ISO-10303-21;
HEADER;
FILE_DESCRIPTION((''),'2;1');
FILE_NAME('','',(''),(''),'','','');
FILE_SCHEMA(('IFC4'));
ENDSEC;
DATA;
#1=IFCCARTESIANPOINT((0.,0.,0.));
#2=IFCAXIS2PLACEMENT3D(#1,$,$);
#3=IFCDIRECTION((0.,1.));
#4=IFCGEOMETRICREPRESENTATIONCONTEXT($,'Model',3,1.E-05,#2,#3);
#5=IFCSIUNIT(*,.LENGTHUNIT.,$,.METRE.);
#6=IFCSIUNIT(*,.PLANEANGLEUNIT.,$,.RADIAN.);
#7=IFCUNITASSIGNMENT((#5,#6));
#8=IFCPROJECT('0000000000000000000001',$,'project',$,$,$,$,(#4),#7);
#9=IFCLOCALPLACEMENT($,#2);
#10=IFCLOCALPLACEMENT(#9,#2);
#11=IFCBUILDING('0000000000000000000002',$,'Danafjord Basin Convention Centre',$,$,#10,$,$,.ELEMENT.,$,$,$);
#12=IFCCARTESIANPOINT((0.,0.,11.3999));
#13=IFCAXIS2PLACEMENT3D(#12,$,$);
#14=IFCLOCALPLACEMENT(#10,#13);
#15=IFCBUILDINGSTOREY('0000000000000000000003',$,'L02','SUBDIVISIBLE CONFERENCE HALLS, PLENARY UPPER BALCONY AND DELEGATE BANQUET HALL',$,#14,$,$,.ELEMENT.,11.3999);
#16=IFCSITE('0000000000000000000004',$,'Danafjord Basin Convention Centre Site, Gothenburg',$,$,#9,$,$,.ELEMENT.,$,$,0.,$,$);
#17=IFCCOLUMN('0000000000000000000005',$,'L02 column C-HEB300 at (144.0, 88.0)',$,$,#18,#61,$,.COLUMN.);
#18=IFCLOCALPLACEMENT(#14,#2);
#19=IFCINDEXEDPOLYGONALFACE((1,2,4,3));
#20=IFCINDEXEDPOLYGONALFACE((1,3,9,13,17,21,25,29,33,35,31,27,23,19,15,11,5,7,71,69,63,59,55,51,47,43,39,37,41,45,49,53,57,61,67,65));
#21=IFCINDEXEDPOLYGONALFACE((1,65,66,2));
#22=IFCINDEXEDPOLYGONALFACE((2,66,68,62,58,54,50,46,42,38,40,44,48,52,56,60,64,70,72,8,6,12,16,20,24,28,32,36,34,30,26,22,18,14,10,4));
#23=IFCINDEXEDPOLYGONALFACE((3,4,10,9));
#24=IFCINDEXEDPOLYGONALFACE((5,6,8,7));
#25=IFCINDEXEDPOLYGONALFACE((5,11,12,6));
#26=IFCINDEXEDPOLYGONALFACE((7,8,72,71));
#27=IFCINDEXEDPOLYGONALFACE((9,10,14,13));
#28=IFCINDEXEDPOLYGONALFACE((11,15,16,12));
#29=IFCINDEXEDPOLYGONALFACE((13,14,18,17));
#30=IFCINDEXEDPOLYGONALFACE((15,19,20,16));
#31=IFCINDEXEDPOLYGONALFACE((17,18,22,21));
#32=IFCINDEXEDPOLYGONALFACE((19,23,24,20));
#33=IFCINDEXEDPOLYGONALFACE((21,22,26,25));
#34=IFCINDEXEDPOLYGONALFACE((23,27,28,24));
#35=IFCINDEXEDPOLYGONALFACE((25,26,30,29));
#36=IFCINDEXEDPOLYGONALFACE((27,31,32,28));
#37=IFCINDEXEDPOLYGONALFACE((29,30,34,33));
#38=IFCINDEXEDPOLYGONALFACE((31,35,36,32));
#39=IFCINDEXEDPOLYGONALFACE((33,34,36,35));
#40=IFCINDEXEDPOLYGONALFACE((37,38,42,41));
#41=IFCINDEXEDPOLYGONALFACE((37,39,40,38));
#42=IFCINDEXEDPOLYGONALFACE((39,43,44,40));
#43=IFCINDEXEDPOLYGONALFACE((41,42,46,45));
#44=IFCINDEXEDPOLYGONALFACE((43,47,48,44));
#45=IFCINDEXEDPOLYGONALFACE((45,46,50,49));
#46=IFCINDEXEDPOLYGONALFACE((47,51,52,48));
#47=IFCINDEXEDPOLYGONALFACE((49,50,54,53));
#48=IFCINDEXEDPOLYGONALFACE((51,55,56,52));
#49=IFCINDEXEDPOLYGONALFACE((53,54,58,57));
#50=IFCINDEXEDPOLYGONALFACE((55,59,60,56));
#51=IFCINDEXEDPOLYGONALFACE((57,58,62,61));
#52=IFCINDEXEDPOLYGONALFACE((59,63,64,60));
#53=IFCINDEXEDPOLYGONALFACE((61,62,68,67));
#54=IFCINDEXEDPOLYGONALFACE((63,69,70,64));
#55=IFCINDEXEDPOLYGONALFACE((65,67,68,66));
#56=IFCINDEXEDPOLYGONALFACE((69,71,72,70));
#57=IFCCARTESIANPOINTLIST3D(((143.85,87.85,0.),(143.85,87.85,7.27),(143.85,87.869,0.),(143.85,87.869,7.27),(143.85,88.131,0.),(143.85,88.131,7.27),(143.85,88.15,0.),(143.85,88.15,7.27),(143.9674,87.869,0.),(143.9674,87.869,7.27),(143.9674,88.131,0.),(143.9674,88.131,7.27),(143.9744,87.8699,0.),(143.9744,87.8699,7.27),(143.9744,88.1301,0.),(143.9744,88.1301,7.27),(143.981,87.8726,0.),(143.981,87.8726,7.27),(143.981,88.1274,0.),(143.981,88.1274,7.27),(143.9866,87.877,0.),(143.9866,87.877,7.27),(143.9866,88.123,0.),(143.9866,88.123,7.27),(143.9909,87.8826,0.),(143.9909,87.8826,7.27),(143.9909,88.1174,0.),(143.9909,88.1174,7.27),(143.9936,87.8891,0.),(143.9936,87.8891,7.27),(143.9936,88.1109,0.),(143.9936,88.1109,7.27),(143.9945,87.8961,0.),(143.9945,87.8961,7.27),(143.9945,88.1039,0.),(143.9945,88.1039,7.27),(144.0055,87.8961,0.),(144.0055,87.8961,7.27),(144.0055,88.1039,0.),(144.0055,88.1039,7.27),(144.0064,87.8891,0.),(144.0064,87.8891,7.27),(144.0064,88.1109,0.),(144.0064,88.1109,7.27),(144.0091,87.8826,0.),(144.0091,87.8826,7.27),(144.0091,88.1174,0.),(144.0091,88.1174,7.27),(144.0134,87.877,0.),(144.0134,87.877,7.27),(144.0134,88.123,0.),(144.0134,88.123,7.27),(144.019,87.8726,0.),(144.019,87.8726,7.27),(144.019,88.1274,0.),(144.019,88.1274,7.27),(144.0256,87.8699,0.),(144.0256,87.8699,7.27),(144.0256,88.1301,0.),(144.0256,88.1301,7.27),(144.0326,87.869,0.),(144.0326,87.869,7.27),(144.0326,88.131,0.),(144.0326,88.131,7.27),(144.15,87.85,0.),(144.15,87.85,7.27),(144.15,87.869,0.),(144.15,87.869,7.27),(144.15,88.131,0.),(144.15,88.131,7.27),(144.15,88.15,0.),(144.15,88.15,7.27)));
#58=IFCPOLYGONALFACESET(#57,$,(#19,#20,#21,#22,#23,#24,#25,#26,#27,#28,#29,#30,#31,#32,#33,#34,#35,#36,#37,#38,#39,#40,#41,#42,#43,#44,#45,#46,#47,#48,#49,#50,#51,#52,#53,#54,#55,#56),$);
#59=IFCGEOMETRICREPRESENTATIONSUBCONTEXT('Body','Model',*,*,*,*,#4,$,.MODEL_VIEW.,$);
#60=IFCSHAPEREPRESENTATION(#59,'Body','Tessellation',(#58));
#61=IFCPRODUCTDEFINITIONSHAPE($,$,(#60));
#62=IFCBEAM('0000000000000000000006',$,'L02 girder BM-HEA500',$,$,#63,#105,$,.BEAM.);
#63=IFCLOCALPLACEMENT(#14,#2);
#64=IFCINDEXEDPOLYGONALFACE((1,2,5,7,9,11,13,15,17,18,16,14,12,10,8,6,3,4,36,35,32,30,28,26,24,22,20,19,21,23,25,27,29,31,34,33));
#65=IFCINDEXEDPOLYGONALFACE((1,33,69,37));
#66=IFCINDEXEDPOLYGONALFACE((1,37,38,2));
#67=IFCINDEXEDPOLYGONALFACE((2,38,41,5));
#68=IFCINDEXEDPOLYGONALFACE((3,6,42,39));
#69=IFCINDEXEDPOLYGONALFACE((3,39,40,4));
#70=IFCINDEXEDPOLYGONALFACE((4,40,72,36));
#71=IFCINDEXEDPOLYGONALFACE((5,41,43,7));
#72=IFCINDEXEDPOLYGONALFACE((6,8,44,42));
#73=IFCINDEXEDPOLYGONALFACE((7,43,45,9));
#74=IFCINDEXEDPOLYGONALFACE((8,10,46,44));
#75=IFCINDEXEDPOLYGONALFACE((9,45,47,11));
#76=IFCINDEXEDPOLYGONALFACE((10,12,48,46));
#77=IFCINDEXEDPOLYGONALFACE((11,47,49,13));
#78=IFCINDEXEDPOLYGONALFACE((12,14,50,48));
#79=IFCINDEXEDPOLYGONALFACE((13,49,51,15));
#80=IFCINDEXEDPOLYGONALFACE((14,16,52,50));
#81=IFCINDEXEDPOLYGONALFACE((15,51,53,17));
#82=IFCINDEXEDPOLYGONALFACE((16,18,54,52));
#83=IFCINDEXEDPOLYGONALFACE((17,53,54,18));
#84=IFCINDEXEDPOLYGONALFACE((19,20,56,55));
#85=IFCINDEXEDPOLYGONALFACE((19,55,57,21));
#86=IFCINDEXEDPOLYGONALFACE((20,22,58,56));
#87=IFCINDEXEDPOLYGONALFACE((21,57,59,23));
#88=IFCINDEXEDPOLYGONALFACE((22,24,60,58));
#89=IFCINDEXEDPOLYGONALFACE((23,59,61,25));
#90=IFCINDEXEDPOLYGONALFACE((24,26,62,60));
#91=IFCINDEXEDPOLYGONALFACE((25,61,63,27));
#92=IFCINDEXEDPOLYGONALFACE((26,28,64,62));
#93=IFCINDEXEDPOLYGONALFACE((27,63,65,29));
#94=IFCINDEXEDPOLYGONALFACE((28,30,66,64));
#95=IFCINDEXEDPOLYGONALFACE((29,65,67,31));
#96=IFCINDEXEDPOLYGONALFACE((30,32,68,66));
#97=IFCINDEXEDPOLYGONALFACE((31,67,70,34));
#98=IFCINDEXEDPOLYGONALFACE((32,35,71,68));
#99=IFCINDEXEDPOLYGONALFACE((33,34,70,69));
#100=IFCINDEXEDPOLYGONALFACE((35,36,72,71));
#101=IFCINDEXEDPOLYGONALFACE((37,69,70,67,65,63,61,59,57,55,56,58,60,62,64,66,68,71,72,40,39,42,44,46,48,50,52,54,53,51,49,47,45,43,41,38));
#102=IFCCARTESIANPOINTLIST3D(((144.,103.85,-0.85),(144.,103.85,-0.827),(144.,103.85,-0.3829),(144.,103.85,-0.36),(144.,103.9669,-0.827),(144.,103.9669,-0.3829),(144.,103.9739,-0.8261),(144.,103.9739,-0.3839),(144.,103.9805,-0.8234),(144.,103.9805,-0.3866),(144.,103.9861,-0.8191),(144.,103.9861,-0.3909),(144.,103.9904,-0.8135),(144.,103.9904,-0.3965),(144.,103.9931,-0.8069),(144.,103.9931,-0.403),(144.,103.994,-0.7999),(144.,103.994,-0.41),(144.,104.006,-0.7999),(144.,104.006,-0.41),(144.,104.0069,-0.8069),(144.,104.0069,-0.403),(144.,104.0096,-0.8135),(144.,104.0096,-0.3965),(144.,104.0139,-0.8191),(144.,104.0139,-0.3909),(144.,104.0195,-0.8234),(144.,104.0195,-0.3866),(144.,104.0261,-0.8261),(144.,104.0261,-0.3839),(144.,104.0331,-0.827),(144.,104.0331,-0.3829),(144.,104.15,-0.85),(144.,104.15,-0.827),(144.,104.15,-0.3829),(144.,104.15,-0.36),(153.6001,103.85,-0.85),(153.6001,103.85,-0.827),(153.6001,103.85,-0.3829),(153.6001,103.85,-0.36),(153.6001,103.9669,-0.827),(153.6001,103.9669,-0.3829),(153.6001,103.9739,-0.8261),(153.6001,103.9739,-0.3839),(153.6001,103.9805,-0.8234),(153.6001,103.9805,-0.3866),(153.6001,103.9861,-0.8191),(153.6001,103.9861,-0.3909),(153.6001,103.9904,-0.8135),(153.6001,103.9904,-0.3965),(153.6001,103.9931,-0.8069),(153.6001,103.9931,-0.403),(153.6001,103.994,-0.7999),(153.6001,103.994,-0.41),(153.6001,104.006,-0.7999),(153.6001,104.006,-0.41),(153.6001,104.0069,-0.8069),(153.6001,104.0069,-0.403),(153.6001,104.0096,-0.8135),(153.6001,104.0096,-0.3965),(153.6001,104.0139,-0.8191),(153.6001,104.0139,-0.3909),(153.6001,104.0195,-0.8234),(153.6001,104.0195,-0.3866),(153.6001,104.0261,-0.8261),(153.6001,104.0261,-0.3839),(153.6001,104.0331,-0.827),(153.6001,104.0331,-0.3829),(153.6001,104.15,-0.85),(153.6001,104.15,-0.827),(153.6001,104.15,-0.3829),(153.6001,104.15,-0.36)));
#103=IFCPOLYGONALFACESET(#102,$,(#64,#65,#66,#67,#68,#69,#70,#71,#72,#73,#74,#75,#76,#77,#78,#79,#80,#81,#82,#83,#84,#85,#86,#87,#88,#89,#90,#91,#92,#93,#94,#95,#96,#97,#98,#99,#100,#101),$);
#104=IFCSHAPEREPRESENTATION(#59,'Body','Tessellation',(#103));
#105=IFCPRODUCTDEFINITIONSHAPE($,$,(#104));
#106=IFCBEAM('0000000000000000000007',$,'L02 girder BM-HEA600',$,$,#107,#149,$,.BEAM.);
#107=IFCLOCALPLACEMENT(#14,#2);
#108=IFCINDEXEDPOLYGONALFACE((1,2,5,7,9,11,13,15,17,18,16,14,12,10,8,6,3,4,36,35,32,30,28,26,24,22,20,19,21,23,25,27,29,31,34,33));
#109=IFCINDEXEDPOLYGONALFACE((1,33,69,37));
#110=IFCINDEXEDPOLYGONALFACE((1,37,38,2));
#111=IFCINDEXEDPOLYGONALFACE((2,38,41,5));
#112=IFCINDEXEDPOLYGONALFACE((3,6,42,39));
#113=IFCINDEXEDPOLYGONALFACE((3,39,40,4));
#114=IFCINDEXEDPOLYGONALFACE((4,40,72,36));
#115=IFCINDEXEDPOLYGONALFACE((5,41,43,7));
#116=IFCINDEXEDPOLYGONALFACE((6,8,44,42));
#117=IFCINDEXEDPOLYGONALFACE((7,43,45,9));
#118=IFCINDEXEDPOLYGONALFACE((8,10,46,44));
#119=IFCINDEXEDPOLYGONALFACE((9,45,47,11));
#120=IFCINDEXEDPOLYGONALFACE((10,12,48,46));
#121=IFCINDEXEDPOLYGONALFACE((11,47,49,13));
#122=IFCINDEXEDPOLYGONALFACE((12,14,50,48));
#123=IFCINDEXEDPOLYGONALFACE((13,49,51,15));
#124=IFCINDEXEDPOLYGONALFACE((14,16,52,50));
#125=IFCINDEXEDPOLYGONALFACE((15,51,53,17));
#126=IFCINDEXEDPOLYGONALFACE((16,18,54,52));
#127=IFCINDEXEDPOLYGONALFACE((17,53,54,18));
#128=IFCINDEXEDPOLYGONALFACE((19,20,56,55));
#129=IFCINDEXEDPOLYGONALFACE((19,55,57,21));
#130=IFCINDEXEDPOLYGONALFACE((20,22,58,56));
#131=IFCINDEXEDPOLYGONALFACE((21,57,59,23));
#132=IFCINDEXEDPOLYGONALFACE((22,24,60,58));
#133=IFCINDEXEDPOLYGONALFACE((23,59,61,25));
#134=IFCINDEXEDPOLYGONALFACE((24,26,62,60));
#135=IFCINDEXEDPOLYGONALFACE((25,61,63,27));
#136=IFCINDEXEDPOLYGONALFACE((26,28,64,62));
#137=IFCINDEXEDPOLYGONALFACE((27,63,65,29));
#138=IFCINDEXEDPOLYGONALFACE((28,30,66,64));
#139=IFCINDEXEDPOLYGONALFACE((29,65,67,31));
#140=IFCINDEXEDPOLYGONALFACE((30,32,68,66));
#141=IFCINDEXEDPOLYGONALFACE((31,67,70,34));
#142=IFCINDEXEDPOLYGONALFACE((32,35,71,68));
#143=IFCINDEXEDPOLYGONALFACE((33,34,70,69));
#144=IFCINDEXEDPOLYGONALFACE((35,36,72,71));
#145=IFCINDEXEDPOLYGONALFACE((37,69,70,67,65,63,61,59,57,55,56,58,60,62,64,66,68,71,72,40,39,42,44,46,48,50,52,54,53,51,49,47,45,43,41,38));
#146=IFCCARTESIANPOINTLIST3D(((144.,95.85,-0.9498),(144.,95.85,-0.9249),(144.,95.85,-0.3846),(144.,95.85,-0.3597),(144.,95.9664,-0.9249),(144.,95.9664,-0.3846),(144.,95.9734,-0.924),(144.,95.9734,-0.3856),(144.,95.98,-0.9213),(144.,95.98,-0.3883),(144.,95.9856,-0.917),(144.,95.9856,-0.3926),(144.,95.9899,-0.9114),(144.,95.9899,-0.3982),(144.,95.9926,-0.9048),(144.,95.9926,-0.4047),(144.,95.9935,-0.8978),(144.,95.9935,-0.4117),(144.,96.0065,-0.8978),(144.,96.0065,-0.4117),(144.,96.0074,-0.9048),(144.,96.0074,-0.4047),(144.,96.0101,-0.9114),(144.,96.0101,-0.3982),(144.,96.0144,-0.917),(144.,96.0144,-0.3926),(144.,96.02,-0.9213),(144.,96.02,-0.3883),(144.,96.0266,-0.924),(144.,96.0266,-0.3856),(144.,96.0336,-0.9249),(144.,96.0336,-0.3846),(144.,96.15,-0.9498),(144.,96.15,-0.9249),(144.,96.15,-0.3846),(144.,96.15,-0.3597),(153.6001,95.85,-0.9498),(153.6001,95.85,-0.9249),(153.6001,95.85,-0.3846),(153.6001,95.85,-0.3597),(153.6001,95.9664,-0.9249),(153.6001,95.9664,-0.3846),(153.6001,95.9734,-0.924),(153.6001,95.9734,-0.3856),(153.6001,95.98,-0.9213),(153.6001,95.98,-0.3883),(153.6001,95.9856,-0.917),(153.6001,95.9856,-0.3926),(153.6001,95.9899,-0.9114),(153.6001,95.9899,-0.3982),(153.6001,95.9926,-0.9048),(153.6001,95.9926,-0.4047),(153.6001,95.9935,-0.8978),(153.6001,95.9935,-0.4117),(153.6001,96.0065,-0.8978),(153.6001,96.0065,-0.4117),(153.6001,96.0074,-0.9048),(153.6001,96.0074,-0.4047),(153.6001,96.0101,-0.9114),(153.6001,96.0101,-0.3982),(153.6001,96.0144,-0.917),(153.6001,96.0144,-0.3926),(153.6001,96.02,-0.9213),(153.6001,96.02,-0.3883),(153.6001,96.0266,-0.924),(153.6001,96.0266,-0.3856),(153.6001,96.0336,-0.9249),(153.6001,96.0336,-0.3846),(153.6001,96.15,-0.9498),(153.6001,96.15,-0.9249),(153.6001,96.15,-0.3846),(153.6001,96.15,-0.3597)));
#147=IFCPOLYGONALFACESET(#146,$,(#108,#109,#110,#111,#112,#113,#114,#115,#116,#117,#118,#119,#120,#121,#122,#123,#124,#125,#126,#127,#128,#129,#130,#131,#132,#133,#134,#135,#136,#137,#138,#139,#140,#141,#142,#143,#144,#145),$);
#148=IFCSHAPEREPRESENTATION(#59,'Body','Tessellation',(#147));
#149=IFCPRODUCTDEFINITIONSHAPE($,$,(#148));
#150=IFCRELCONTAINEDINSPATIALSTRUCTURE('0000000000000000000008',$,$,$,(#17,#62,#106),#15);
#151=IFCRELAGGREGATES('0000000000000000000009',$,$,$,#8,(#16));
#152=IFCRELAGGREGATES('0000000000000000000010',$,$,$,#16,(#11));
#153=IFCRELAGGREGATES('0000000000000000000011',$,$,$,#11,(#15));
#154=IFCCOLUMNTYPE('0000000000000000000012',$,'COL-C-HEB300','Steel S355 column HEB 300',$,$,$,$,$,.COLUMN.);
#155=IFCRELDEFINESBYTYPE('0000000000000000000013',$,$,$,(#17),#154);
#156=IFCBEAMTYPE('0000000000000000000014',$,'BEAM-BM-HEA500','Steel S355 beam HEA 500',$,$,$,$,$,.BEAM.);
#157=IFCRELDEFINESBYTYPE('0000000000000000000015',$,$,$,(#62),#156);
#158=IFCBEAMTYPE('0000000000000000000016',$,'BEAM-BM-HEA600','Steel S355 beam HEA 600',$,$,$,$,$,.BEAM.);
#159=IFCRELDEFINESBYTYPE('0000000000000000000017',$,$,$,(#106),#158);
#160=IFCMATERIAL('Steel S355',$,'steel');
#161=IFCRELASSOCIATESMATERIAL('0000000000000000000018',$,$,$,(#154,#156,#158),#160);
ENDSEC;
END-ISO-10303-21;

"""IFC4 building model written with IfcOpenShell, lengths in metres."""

from ifc_helpers import new_model, si_unit, direction, frame, origin, origin_2d, place, context, subcontext, project, spatial, i_section, extrude, material, material_profile, profile_set, type_object, element, save


model = new_model("IFC4")

# Units and contexts
model_context = context("Model", 3, precision=1e-05, world=origin(), true_north=direction((0.0, 1.0)))
body_context = subcontext(model_context, "Body", "Model", "MODEL_VIEW")
ifc_project = project(units=[si_unit("LENGTHUNIT", "METRE"), si_unit("PLANEANGLEUNIT", "RADIAN")], contexts=[model_context])

# Site, building, storey
site_placement = place(None, origin())
site = spatial("IfcSite", under=ifc_project, at=site_placement, Name="Danafjord Basin Convention Centre Site, Gothenburg", CompositionType="ELEMENT", RefElevation=0.0)
building_placement = place(site_placement, origin())
building = spatial("IfcBuilding", under=site, at=building_placement, Name="Danafjord Basin Convention Centre", CompositionType="ELEMENT")
storey_placement = place(building_placement, frame((0.0, 0.0, 11.3999)))
storey = spatial("IfcBuildingStorey", under=building, at=storey_placement, Name="L02", Description="SUBDIVISIBLE CONFERENCE HALLS, PLENARY UPPER BALCONY AND DELEGATE BANQUET HALL", CompositionType="ELEMENT", Elevation=11.3999)

# Column
ifc_material_1 = material(Name="Steel S355", Category="steel")
ifc_material_profile_1 = material_profile(ifc_material_1, i_section(OverallWidth=0.3, OverallDepth=0.3, WebThickness=0.011, FlangeThickness=0.019, FilletRadius=0.0271, at=origin_2d()), Name="HEB 300")
ifc_profile_set_1 = profile_set([ifc_material_profile_1], Name="Steel S355")
column_type = type_object("IfcColumnType", Name="COL-C-HEB300", Description="Steel S355 column HEB 300", PredefinedType="COLUMN", material=ifc_profile_set_1)
column_placement = place(storey_placement, frame((144.0, 88.0, 0.0), z_axis=(0.0, 0.0, 1.0), x_axis=(1.0, 0.0, 0.0)))
element("IfcColumn", 1, at=column_placement, inside=storey, type_object=column_type, Name="L02 column C-HEB300 at (144.0, 88.0)", PredefinedType="COLUMN", context=body_context, shape_type="SweptSolid", body=[
    extrude(i_section(OverallWidth=0.3, OverallDepth=0.3, WebThickness=0.011, FlangeThickness=0.019, FilletRadius=0.0271, at=origin_2d()), origin(), (0.0, 0.0, 1.0), 7.27),
])

# Beams
ifc_material_profile_2 = material_profile(ifc_material_1, i_section(OverallWidth=0.3, OverallDepth=0.49, WebThickness=0.012, FlangeThickness=0.0229, FilletRadius=0.0271, at=origin_2d()), Name="HEA 500")
ifc_profile_set_2 = profile_set([ifc_material_profile_2], Name="Steel S355")
beam_type_1 = type_object("IfcBeamType", Name="BEAM-BM-HEA500", Description="Steel S355 beam HEA 500", PredefinedType="BEAM", material=ifc_profile_set_2)
beam_1_placement = place(storey_placement, frame((144.0, 104.0, -0.605), z_axis=(1.0, 0.0, 0.0), x_axis=(0.0, 1.0, 0.0)))
element("IfcBeam", 2, at=beam_1_placement, inside=storey, type_object=beam_type_1, Name="L02 girder BM-HEA500", PredefinedType="BEAM", context=body_context, shape_type="SweptSolid", body=[
    extrude(i_section(OverallWidth=0.3, OverallDepth=0.49, WebThickness=0.012, FlangeThickness=0.0229, FilletRadius=0.0271, at=origin_2d()), origin(), (0.0, 0.0, 1.0), 9.6001),
])
ifc_material_profile_3 = material_profile(ifc_material_1, i_section(OverallWidth=0.3, OverallDepth=0.5901, WebThickness=0.0129, FlangeThickness=0.0249, FilletRadius=0.0271, at=origin_2d()), Name="HEA 600")
ifc_profile_set_3 = profile_set([ifc_material_profile_3], Name="Steel S355")
beam_type_2 = type_object("IfcBeamType", Name="BEAM-BM-HEA600", Description="Steel S355 beam HEA 600", PredefinedType="BEAM", material=ifc_profile_set_3)
beam_2_placement = place(storey_placement, frame((144.0, 96.0, -0.6548), z_axis=(1.0, 0.0, 0.0), x_axis=(0.0, 1.0, 0.0)))
element("IfcBeam", 3, at=beam_2_placement, inside=storey, type_object=beam_type_2, Name="L02 girder BM-HEA600", PredefinedType="BEAM", context=body_context, shape_type="SweptSolid", body=[
    extrude(i_section(OverallWidth=0.3, OverallDepth=0.5901, WebThickness=0.0129, FlangeThickness=0.0249, FilletRadius=0.0271, at=origin_2d()), origin(), (0.0, 0.0, 1.0), 9.6001),
])

save(model, "model.ifc")
